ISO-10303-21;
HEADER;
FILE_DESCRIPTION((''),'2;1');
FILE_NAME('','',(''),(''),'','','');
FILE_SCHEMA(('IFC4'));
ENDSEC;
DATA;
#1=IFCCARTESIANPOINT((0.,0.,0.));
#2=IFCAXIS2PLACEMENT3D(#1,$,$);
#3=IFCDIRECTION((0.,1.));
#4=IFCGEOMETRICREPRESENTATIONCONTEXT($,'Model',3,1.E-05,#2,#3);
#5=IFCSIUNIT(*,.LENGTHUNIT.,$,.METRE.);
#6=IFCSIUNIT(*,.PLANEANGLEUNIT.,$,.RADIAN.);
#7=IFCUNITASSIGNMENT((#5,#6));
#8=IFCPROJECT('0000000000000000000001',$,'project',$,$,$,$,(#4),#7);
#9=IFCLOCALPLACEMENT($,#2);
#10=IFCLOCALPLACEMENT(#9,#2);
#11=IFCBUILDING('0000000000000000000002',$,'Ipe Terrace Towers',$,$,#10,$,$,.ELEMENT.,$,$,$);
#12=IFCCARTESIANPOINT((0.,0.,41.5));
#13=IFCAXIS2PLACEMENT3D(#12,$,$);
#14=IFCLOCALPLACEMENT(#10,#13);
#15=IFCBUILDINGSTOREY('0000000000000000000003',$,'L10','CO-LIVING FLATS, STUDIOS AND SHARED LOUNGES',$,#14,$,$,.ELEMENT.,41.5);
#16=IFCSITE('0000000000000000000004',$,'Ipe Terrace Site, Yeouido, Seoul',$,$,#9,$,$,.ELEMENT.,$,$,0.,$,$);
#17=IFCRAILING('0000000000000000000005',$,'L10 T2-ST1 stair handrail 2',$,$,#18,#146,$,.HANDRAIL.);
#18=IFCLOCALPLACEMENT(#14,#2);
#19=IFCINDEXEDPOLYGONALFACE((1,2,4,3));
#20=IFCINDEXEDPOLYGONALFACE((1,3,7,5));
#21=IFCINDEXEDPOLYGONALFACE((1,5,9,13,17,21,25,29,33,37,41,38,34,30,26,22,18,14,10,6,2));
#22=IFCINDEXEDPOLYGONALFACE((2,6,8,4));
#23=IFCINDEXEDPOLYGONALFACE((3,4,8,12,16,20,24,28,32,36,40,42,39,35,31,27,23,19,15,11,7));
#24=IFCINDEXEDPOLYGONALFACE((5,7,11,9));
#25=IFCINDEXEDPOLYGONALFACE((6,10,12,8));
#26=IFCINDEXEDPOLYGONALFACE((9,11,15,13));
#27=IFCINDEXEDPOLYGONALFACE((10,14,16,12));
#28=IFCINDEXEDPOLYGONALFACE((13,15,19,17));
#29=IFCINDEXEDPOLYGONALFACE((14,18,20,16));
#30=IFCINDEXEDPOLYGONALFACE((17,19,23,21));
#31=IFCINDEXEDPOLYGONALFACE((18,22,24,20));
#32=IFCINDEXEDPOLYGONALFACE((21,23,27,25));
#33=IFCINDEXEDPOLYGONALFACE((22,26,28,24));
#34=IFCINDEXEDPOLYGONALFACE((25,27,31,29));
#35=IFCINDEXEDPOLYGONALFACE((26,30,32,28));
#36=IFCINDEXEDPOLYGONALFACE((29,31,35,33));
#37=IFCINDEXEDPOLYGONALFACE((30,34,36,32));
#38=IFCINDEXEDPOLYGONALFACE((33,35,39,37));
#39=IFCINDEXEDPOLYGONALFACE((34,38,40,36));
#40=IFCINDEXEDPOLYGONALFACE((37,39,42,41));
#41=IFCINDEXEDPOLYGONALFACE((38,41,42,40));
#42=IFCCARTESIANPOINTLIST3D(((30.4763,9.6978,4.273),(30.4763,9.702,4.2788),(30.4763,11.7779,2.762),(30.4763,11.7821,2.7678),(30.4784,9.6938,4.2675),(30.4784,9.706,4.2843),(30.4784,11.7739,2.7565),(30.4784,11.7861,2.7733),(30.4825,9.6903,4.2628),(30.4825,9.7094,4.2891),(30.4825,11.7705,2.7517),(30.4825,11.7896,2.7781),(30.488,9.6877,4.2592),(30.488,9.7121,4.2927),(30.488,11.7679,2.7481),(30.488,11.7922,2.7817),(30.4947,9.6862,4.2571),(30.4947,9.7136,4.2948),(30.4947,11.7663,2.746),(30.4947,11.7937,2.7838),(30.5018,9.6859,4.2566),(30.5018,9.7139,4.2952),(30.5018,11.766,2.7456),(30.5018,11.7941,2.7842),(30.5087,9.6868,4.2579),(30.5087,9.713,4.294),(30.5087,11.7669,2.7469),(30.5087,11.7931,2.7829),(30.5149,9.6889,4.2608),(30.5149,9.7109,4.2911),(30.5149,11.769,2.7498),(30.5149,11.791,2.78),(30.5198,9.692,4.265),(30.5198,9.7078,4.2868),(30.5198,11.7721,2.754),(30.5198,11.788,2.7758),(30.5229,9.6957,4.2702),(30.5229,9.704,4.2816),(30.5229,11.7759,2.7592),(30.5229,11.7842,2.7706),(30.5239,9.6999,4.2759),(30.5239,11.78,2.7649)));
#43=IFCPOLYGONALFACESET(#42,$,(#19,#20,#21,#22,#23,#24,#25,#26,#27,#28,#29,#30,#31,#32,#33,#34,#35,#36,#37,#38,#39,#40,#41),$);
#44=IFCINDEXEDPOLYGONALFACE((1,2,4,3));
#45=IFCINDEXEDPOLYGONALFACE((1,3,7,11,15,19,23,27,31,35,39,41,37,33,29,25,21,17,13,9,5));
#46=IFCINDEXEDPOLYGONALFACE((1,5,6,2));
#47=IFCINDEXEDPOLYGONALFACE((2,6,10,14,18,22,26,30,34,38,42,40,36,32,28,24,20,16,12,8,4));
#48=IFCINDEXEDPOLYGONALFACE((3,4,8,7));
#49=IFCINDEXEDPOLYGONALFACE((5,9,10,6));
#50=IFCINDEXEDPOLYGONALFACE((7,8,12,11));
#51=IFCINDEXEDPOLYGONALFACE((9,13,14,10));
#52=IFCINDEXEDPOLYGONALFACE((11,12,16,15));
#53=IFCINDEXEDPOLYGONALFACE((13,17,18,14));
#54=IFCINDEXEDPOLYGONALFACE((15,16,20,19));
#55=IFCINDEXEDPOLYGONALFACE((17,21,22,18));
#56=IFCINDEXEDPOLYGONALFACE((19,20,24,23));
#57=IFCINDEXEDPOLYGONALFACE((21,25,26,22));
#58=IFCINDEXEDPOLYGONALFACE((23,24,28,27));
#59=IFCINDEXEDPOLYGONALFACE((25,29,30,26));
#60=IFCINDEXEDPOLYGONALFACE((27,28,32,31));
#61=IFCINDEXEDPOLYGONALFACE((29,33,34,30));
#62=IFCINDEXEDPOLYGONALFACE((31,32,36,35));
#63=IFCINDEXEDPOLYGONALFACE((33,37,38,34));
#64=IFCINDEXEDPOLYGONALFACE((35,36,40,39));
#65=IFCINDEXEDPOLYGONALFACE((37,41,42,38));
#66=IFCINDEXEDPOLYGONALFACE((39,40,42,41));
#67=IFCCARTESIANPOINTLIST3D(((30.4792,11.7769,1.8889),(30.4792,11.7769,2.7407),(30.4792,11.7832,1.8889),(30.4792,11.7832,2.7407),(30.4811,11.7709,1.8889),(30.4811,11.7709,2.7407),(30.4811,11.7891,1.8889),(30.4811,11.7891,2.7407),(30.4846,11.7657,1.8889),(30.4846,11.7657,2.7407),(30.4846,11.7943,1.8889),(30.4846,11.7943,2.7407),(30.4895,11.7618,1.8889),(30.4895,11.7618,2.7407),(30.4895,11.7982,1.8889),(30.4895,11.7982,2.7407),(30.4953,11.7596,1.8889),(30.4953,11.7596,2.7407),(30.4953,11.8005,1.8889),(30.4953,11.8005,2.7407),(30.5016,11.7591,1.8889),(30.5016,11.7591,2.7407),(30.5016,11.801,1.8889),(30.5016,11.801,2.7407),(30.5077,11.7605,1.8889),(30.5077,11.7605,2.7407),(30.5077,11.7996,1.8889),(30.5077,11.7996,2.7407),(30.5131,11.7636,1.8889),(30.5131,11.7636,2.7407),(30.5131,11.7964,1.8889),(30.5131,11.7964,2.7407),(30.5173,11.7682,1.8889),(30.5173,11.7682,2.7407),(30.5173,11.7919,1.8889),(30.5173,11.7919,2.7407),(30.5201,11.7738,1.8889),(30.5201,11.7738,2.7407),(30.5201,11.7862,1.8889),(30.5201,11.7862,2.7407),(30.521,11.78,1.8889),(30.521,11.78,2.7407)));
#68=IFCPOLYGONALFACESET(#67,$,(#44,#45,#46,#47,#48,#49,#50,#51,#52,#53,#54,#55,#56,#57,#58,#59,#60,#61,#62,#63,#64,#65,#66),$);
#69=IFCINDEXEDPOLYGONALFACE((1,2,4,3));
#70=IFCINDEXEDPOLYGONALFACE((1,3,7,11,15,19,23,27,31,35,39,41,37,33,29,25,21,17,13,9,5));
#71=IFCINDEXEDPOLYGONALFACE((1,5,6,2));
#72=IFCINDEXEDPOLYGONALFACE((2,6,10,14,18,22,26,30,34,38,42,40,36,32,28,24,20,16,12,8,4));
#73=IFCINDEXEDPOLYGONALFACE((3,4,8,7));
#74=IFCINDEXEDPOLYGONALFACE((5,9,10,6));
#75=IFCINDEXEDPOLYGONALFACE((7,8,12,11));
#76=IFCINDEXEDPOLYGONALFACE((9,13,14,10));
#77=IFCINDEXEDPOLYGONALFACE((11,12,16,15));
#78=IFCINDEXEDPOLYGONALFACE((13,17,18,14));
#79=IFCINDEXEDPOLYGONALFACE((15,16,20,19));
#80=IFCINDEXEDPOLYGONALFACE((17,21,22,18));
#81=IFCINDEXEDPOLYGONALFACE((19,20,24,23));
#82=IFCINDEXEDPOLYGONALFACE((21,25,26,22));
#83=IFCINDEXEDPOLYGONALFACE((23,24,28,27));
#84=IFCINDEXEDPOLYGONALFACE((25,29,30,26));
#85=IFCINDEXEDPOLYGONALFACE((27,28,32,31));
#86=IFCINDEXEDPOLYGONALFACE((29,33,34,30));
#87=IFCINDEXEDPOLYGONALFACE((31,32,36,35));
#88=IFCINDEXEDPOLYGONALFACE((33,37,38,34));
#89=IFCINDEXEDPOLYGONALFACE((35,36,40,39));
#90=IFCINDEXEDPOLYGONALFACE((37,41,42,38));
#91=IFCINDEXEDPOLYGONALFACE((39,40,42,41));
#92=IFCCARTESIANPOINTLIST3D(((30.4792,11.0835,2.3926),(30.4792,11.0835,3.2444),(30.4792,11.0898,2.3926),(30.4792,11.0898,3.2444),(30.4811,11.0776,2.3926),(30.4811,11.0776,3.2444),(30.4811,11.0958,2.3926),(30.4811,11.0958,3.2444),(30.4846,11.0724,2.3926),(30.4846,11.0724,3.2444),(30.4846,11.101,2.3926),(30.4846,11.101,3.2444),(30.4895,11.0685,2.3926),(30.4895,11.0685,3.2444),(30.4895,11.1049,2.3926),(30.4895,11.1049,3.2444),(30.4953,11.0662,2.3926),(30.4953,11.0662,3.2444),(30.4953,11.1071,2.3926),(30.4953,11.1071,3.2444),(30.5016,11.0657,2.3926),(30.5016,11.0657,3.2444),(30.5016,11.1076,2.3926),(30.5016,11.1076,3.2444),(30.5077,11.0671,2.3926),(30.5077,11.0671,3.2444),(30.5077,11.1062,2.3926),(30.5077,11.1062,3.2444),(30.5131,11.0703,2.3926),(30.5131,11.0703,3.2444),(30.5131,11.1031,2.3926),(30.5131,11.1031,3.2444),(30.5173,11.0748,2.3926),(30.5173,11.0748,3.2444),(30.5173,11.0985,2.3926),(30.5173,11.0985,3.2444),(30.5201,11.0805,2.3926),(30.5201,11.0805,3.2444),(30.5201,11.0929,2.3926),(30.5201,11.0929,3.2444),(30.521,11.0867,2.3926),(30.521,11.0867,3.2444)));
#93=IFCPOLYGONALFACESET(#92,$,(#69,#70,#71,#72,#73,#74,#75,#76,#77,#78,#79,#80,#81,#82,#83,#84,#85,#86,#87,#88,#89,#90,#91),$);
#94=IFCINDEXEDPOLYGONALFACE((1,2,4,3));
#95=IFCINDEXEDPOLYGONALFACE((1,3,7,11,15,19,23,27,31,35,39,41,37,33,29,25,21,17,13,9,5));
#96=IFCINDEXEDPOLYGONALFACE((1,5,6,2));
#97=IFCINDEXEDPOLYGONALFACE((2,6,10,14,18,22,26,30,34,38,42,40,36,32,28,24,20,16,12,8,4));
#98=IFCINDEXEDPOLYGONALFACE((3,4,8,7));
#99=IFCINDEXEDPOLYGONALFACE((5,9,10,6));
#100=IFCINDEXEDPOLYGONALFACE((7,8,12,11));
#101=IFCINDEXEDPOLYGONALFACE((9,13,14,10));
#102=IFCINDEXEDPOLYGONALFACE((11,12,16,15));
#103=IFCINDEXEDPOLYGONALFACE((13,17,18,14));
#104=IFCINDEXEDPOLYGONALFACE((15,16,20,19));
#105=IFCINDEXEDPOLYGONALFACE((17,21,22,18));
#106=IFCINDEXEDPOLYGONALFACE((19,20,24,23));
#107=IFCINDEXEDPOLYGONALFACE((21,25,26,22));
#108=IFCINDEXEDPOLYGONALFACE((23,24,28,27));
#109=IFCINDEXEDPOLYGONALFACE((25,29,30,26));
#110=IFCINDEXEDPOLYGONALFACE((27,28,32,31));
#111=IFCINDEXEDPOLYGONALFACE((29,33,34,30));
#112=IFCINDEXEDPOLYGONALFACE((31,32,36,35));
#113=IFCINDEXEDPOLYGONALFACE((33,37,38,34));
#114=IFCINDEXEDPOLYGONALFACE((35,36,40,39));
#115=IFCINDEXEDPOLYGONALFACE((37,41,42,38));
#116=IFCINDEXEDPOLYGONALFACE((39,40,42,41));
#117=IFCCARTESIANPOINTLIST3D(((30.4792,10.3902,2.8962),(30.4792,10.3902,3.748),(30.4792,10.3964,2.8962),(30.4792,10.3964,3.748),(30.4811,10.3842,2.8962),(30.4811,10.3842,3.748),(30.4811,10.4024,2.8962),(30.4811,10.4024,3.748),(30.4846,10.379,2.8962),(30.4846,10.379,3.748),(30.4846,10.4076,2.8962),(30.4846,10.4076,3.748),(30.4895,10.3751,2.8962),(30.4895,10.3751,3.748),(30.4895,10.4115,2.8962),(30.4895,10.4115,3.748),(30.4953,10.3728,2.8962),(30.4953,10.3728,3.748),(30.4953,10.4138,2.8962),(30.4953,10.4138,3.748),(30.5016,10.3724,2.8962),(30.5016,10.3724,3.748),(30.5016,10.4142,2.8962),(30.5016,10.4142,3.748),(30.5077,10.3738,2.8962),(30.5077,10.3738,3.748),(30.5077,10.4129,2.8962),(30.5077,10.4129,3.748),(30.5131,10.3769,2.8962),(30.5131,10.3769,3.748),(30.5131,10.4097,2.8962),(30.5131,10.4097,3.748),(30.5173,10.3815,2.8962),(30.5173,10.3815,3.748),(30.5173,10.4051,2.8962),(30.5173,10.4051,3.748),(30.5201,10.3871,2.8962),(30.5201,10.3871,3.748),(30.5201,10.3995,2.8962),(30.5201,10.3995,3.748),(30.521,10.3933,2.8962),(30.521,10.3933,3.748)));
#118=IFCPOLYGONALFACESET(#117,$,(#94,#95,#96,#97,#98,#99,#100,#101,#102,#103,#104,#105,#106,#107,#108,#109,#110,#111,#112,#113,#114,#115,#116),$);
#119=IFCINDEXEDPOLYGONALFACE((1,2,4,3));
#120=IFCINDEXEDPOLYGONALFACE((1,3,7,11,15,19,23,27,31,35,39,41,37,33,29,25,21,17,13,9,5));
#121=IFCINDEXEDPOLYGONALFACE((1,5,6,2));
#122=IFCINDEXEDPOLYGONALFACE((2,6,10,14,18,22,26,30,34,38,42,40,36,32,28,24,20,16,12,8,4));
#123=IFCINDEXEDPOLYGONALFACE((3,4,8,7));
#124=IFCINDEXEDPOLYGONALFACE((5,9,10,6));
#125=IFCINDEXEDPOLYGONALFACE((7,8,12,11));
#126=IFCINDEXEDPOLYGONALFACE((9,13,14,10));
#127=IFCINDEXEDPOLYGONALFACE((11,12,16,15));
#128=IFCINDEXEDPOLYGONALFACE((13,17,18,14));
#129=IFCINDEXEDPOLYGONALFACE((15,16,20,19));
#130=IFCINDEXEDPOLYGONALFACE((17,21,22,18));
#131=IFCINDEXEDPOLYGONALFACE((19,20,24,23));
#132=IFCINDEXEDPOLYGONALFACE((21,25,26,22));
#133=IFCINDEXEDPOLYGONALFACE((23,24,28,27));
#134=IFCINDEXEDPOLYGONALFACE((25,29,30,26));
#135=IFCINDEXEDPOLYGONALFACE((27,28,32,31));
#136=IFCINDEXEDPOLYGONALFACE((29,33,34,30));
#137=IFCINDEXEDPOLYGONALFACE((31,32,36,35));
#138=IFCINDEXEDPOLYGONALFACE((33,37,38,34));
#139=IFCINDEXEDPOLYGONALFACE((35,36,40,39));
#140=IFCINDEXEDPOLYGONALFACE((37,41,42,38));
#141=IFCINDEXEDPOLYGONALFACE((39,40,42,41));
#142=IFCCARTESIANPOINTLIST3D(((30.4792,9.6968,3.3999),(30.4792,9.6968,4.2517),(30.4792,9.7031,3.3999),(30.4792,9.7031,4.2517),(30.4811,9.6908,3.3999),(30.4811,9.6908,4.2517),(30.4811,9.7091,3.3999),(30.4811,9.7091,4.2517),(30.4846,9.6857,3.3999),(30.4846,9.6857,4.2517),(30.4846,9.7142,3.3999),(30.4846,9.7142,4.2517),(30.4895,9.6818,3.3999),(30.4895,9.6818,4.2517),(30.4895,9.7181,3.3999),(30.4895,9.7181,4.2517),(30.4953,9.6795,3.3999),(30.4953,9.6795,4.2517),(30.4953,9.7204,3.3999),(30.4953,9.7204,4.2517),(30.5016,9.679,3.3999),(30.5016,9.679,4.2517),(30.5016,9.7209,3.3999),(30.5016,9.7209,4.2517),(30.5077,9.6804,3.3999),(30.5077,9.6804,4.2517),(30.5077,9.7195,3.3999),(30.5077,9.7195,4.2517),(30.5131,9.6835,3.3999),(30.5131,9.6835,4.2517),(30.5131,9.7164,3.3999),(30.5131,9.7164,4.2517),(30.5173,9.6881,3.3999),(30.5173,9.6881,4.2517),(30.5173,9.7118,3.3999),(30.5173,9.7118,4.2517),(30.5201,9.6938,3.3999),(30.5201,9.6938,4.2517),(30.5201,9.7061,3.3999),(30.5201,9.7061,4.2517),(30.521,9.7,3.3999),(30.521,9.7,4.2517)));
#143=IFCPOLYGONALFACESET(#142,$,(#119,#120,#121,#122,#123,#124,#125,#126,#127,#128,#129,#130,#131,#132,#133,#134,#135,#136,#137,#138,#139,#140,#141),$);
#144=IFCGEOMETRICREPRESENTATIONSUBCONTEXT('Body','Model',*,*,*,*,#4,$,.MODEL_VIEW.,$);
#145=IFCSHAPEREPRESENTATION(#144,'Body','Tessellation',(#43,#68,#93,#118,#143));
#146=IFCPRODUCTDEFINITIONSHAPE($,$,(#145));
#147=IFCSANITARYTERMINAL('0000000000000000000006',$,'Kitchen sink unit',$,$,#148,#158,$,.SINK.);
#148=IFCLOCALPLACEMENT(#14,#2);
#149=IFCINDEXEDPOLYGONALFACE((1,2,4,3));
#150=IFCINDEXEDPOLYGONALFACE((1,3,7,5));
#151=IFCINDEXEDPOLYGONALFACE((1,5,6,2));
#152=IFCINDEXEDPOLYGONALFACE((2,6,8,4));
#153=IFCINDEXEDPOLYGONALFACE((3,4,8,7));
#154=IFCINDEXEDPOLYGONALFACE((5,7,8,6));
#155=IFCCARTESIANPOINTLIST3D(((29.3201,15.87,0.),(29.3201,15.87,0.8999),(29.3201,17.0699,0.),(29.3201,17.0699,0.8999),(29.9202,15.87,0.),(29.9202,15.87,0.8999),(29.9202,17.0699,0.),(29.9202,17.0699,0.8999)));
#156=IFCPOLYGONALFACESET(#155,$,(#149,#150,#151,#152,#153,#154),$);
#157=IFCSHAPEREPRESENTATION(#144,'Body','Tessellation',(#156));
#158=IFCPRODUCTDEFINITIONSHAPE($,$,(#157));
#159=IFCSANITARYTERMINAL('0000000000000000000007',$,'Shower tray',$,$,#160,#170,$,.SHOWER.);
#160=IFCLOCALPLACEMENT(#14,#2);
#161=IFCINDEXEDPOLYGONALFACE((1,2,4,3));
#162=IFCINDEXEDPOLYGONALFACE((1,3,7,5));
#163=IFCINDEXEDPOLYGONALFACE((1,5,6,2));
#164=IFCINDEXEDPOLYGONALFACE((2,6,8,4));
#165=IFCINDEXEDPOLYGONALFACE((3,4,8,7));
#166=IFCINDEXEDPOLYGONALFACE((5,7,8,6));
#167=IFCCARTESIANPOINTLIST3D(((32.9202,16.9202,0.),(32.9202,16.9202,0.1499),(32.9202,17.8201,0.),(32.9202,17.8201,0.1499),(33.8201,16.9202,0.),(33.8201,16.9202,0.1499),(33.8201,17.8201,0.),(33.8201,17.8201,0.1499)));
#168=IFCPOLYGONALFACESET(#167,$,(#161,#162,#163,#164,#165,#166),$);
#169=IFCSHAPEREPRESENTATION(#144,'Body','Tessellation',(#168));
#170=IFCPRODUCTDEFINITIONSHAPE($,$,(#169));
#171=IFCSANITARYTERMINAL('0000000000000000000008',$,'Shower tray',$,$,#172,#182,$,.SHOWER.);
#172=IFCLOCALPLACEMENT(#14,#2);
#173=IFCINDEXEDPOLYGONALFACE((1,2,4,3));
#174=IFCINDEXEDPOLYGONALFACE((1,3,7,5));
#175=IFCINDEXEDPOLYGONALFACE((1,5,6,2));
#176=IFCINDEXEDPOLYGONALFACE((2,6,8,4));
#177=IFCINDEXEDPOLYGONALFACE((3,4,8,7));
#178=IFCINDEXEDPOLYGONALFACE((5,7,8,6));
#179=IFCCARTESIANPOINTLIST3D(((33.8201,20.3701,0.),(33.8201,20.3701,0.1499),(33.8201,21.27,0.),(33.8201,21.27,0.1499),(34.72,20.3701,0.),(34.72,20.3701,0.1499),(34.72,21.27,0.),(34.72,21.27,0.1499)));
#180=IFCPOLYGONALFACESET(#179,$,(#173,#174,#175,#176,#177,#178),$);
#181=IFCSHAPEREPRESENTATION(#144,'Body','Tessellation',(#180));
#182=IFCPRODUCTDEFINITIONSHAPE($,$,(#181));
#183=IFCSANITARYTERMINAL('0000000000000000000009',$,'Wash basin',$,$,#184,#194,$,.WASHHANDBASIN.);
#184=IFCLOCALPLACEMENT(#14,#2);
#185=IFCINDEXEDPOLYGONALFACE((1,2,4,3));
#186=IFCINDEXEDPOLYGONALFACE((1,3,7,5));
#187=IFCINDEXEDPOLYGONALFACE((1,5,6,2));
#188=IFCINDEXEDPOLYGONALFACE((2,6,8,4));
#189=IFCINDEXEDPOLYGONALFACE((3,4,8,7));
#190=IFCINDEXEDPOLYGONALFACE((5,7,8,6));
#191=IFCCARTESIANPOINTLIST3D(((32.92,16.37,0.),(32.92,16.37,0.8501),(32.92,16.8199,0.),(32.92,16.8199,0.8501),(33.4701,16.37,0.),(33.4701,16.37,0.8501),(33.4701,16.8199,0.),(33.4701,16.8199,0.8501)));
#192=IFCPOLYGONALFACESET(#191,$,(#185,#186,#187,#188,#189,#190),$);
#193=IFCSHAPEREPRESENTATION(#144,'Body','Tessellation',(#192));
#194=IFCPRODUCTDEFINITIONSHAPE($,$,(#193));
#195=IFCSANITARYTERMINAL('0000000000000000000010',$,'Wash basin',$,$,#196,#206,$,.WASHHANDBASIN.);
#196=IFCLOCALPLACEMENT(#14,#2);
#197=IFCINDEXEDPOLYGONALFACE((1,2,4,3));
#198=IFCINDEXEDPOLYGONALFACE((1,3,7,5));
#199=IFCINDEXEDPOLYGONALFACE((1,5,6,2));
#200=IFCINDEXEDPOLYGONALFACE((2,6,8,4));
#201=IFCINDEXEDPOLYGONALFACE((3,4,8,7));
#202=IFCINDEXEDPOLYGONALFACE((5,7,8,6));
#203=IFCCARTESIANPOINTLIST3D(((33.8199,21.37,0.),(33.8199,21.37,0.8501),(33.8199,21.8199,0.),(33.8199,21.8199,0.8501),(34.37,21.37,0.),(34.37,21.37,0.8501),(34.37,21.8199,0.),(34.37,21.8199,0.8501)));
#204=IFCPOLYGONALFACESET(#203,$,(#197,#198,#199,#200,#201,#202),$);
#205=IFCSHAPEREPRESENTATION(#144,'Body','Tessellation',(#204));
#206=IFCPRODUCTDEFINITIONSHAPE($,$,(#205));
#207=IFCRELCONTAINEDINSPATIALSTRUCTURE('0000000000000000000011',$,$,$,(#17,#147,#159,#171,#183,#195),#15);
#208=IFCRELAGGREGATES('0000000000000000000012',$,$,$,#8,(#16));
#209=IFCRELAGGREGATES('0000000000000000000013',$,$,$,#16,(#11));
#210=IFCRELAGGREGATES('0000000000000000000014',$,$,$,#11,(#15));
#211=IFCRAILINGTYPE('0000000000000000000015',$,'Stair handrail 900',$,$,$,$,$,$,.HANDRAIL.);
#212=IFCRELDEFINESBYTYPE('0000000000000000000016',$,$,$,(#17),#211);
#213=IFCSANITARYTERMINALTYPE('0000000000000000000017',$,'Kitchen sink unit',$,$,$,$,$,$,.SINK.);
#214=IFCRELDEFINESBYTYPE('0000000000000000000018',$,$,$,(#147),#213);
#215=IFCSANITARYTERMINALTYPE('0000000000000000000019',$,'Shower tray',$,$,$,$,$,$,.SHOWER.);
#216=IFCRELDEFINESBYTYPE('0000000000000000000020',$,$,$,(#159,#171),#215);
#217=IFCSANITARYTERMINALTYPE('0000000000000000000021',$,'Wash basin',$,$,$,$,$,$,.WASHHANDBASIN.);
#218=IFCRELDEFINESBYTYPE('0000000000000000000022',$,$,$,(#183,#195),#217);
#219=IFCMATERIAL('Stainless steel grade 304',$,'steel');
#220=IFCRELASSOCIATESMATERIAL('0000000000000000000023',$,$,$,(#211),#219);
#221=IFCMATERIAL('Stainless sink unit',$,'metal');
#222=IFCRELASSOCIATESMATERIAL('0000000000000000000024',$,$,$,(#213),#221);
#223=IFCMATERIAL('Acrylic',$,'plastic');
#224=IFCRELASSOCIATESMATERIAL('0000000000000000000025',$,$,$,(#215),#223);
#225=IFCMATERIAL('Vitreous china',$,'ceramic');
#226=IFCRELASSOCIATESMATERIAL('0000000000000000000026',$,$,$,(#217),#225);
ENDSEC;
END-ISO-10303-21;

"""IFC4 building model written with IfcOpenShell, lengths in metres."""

from ifc_helpers import new_model, si_unit, direction, frame, origin, origin_2d, place, context, subcontext, project, spatial, rectangle, circle, extrude, material, type_object, element, save


model = new_model("IFC4")

# Units and contexts
model_context = context("Model", 3, precision=1e-05, world=origin(), true_north=direction((0.0, 1.0)))
body_context = subcontext(model_context, "Body", "Model", "MODEL_VIEW")
ifc_project = project(units=[si_unit("LENGTHUNIT", "METRE"), si_unit("PLANEANGLEUNIT", "RADIAN")], contexts=[model_context])

# Site, building, storey
site_placement = place(None, origin())
site = spatial("IfcSite", under=ifc_project, at=site_placement, Name="Ipe Terrace Site, Yeouido, Seoul", CompositionType="ELEMENT", RefElevation=0.0)
building_placement = place(site_placement, origin())
building = spatial("IfcBuilding", under=site, at=building_placement, Name="Ipe Terrace Towers", CompositionType="ELEMENT")
storey_placement = place(building_placement, frame((0.0, 0.0, 41.5)))
storey = spatial("IfcBuildingStorey", under=building, at=storey_placement, Name="L10", Description="CO-LIVING FLATS, STUDIOS AND SHARED LOUNGES", CompositionType="ELEMENT", Elevation=41.5)

# Railing
ifc_material_1 = material(Name="Stainless steel grade 304", Category="steel")
railing_type_1 = type_object("IfcRailingType", Name="Stair handrail 900", PredefinedType="HANDRAIL", material=ifc_material_1)
railing_1_placement = place(storey_placement, frame((30.5, 11.78, 1.8889)))
element("IfcRailing", 1, at=railing_1_placement, inside=storey, type_object=railing_type_1, Name="L10 T2-ST1 stair handrail 2", PredefinedType="HANDRAIL", context=body_context, shape_type="SweptSolid", body=[
    extrude(circle(Radius=0.0239, at=origin_2d()), frame((0.0, 0.0, 0.876), z_axis=(0.0, -0.809069, 0.587714), x_axis=(1.0, 0.0, 0.0)), (0.0, 0.0, 1.0), 2.571),
    extrude(circle(Radius=0.021, at=origin_2d()), origin(), (0.0, 0.0, 1.0), 0.8518),
    extrude(circle(Radius=0.021, at=origin_2d()), frame((0.0, -0.6934, 0.5037)), (0.0, 0.0, 1.0), 0.8518),
    extrude(circle(Radius=0.021, at=origin_2d()), frame((0.0, -1.3867, 1.0073)), (0.0, 0.0, 1.0), 0.8518),
    extrude(circle(Radius=0.021, at=origin_2d()), frame((0.0, -2.0801, 1.511)), (0.0, 0.0, 1.0), 0.8518),
])

# Sanitary terminals
ifc_material_2 = material(Name="Stainless sink unit", Category="metal")
sanitary_terminal_type_1 = type_object("IfcSanitaryTerminalType", Name="Kitchen sink unit", PredefinedType="SINK", material=ifc_material_2)
sanitary_terminal_1_placement = place(storey_placement, frame((29.6201, 16.47, 0.0), z_axis=(0.0, 0.0, 1.0), x_axis=(0.0, 1.0, 0.0)))
element("IfcSanitaryTerminal", 2, at=sanitary_terminal_1_placement, inside=storey, type_object=sanitary_terminal_type_1, Name="Kitchen sink unit", PredefinedType="SINK", context=body_context, shape_type="SweptSolid", body=[
    extrude(rectangle(XDim=1.2, YDim=0.6001, at=origin_2d()), origin(), (0.0, 0.0, 1.0), 0.8999),
])
ifc_material_3 = material(Name="Acrylic", Category="plastic")
sanitary_terminal_type_2 = type_object("IfcSanitaryTerminalType", Name="Shower tray", PredefinedType="SHOWER", material=ifc_material_3)
for number, where, z_axis, x_axis, name in (
    (3, (33.3701, 17.3701, 0.0), (0.0, 0.0, 1.0), (1.0, 0.0, 0.0), "Shower tray"),
    (4, (34.27, 20.8201, 0.0), (0.0, 0.0, 1.0), (1.0, 0.0, 0.0), "Shower tray"),
):
    element("IfcSanitaryTerminal", number, at=place(storey_placement, frame(where, z_axis=z_axis, x_axis=x_axis)), inside=storey, type_object=sanitary_terminal_type_2, Name=name, PredefinedType="SHOWER", context=body_context, shape_type="SweptSolid", body=[
        extrude(rectangle(XDim=0.8999, YDim=0.8999, at=origin_2d()), origin(), (0.0, 0.0, 1.0), 0.1499),
    ])
ifc_material_4 = material(Name="Vitreous china", Category="ceramic")
sanitary_terminal_type_3 = type_object("IfcSanitaryTerminalType", Name="Wash basin", PredefinedType="WASHHANDBASIN", material=ifc_material_4)
for number, where, z_axis, x_axis, name in (
    (5, (33.1951, 16.595, 0.0), (0.0, 0.0, 1.0), (1.0, 0.0, 0.0), "Wash basin"),
    (6, (34.095, 21.595, 0.0), (0.0, 0.0, 1.0), (1.0, 0.0, 0.0), "Wash basin"),
):
    element("IfcSanitaryTerminal", number, at=place(storey_placement, frame(where, z_axis=z_axis, x_axis=x_axis)), inside=storey, type_object=sanitary_terminal_type_3, Name=name, PredefinedType="WASHHANDBASIN", context=body_context, shape_type="SweptSolid", body=[
        extrude(rectangle(XDim=0.55, YDim=0.45, at=origin_2d()), origin(), (0.0, 0.0, 1.0), 0.8501),
    ])

save(model, "model.ifc")
